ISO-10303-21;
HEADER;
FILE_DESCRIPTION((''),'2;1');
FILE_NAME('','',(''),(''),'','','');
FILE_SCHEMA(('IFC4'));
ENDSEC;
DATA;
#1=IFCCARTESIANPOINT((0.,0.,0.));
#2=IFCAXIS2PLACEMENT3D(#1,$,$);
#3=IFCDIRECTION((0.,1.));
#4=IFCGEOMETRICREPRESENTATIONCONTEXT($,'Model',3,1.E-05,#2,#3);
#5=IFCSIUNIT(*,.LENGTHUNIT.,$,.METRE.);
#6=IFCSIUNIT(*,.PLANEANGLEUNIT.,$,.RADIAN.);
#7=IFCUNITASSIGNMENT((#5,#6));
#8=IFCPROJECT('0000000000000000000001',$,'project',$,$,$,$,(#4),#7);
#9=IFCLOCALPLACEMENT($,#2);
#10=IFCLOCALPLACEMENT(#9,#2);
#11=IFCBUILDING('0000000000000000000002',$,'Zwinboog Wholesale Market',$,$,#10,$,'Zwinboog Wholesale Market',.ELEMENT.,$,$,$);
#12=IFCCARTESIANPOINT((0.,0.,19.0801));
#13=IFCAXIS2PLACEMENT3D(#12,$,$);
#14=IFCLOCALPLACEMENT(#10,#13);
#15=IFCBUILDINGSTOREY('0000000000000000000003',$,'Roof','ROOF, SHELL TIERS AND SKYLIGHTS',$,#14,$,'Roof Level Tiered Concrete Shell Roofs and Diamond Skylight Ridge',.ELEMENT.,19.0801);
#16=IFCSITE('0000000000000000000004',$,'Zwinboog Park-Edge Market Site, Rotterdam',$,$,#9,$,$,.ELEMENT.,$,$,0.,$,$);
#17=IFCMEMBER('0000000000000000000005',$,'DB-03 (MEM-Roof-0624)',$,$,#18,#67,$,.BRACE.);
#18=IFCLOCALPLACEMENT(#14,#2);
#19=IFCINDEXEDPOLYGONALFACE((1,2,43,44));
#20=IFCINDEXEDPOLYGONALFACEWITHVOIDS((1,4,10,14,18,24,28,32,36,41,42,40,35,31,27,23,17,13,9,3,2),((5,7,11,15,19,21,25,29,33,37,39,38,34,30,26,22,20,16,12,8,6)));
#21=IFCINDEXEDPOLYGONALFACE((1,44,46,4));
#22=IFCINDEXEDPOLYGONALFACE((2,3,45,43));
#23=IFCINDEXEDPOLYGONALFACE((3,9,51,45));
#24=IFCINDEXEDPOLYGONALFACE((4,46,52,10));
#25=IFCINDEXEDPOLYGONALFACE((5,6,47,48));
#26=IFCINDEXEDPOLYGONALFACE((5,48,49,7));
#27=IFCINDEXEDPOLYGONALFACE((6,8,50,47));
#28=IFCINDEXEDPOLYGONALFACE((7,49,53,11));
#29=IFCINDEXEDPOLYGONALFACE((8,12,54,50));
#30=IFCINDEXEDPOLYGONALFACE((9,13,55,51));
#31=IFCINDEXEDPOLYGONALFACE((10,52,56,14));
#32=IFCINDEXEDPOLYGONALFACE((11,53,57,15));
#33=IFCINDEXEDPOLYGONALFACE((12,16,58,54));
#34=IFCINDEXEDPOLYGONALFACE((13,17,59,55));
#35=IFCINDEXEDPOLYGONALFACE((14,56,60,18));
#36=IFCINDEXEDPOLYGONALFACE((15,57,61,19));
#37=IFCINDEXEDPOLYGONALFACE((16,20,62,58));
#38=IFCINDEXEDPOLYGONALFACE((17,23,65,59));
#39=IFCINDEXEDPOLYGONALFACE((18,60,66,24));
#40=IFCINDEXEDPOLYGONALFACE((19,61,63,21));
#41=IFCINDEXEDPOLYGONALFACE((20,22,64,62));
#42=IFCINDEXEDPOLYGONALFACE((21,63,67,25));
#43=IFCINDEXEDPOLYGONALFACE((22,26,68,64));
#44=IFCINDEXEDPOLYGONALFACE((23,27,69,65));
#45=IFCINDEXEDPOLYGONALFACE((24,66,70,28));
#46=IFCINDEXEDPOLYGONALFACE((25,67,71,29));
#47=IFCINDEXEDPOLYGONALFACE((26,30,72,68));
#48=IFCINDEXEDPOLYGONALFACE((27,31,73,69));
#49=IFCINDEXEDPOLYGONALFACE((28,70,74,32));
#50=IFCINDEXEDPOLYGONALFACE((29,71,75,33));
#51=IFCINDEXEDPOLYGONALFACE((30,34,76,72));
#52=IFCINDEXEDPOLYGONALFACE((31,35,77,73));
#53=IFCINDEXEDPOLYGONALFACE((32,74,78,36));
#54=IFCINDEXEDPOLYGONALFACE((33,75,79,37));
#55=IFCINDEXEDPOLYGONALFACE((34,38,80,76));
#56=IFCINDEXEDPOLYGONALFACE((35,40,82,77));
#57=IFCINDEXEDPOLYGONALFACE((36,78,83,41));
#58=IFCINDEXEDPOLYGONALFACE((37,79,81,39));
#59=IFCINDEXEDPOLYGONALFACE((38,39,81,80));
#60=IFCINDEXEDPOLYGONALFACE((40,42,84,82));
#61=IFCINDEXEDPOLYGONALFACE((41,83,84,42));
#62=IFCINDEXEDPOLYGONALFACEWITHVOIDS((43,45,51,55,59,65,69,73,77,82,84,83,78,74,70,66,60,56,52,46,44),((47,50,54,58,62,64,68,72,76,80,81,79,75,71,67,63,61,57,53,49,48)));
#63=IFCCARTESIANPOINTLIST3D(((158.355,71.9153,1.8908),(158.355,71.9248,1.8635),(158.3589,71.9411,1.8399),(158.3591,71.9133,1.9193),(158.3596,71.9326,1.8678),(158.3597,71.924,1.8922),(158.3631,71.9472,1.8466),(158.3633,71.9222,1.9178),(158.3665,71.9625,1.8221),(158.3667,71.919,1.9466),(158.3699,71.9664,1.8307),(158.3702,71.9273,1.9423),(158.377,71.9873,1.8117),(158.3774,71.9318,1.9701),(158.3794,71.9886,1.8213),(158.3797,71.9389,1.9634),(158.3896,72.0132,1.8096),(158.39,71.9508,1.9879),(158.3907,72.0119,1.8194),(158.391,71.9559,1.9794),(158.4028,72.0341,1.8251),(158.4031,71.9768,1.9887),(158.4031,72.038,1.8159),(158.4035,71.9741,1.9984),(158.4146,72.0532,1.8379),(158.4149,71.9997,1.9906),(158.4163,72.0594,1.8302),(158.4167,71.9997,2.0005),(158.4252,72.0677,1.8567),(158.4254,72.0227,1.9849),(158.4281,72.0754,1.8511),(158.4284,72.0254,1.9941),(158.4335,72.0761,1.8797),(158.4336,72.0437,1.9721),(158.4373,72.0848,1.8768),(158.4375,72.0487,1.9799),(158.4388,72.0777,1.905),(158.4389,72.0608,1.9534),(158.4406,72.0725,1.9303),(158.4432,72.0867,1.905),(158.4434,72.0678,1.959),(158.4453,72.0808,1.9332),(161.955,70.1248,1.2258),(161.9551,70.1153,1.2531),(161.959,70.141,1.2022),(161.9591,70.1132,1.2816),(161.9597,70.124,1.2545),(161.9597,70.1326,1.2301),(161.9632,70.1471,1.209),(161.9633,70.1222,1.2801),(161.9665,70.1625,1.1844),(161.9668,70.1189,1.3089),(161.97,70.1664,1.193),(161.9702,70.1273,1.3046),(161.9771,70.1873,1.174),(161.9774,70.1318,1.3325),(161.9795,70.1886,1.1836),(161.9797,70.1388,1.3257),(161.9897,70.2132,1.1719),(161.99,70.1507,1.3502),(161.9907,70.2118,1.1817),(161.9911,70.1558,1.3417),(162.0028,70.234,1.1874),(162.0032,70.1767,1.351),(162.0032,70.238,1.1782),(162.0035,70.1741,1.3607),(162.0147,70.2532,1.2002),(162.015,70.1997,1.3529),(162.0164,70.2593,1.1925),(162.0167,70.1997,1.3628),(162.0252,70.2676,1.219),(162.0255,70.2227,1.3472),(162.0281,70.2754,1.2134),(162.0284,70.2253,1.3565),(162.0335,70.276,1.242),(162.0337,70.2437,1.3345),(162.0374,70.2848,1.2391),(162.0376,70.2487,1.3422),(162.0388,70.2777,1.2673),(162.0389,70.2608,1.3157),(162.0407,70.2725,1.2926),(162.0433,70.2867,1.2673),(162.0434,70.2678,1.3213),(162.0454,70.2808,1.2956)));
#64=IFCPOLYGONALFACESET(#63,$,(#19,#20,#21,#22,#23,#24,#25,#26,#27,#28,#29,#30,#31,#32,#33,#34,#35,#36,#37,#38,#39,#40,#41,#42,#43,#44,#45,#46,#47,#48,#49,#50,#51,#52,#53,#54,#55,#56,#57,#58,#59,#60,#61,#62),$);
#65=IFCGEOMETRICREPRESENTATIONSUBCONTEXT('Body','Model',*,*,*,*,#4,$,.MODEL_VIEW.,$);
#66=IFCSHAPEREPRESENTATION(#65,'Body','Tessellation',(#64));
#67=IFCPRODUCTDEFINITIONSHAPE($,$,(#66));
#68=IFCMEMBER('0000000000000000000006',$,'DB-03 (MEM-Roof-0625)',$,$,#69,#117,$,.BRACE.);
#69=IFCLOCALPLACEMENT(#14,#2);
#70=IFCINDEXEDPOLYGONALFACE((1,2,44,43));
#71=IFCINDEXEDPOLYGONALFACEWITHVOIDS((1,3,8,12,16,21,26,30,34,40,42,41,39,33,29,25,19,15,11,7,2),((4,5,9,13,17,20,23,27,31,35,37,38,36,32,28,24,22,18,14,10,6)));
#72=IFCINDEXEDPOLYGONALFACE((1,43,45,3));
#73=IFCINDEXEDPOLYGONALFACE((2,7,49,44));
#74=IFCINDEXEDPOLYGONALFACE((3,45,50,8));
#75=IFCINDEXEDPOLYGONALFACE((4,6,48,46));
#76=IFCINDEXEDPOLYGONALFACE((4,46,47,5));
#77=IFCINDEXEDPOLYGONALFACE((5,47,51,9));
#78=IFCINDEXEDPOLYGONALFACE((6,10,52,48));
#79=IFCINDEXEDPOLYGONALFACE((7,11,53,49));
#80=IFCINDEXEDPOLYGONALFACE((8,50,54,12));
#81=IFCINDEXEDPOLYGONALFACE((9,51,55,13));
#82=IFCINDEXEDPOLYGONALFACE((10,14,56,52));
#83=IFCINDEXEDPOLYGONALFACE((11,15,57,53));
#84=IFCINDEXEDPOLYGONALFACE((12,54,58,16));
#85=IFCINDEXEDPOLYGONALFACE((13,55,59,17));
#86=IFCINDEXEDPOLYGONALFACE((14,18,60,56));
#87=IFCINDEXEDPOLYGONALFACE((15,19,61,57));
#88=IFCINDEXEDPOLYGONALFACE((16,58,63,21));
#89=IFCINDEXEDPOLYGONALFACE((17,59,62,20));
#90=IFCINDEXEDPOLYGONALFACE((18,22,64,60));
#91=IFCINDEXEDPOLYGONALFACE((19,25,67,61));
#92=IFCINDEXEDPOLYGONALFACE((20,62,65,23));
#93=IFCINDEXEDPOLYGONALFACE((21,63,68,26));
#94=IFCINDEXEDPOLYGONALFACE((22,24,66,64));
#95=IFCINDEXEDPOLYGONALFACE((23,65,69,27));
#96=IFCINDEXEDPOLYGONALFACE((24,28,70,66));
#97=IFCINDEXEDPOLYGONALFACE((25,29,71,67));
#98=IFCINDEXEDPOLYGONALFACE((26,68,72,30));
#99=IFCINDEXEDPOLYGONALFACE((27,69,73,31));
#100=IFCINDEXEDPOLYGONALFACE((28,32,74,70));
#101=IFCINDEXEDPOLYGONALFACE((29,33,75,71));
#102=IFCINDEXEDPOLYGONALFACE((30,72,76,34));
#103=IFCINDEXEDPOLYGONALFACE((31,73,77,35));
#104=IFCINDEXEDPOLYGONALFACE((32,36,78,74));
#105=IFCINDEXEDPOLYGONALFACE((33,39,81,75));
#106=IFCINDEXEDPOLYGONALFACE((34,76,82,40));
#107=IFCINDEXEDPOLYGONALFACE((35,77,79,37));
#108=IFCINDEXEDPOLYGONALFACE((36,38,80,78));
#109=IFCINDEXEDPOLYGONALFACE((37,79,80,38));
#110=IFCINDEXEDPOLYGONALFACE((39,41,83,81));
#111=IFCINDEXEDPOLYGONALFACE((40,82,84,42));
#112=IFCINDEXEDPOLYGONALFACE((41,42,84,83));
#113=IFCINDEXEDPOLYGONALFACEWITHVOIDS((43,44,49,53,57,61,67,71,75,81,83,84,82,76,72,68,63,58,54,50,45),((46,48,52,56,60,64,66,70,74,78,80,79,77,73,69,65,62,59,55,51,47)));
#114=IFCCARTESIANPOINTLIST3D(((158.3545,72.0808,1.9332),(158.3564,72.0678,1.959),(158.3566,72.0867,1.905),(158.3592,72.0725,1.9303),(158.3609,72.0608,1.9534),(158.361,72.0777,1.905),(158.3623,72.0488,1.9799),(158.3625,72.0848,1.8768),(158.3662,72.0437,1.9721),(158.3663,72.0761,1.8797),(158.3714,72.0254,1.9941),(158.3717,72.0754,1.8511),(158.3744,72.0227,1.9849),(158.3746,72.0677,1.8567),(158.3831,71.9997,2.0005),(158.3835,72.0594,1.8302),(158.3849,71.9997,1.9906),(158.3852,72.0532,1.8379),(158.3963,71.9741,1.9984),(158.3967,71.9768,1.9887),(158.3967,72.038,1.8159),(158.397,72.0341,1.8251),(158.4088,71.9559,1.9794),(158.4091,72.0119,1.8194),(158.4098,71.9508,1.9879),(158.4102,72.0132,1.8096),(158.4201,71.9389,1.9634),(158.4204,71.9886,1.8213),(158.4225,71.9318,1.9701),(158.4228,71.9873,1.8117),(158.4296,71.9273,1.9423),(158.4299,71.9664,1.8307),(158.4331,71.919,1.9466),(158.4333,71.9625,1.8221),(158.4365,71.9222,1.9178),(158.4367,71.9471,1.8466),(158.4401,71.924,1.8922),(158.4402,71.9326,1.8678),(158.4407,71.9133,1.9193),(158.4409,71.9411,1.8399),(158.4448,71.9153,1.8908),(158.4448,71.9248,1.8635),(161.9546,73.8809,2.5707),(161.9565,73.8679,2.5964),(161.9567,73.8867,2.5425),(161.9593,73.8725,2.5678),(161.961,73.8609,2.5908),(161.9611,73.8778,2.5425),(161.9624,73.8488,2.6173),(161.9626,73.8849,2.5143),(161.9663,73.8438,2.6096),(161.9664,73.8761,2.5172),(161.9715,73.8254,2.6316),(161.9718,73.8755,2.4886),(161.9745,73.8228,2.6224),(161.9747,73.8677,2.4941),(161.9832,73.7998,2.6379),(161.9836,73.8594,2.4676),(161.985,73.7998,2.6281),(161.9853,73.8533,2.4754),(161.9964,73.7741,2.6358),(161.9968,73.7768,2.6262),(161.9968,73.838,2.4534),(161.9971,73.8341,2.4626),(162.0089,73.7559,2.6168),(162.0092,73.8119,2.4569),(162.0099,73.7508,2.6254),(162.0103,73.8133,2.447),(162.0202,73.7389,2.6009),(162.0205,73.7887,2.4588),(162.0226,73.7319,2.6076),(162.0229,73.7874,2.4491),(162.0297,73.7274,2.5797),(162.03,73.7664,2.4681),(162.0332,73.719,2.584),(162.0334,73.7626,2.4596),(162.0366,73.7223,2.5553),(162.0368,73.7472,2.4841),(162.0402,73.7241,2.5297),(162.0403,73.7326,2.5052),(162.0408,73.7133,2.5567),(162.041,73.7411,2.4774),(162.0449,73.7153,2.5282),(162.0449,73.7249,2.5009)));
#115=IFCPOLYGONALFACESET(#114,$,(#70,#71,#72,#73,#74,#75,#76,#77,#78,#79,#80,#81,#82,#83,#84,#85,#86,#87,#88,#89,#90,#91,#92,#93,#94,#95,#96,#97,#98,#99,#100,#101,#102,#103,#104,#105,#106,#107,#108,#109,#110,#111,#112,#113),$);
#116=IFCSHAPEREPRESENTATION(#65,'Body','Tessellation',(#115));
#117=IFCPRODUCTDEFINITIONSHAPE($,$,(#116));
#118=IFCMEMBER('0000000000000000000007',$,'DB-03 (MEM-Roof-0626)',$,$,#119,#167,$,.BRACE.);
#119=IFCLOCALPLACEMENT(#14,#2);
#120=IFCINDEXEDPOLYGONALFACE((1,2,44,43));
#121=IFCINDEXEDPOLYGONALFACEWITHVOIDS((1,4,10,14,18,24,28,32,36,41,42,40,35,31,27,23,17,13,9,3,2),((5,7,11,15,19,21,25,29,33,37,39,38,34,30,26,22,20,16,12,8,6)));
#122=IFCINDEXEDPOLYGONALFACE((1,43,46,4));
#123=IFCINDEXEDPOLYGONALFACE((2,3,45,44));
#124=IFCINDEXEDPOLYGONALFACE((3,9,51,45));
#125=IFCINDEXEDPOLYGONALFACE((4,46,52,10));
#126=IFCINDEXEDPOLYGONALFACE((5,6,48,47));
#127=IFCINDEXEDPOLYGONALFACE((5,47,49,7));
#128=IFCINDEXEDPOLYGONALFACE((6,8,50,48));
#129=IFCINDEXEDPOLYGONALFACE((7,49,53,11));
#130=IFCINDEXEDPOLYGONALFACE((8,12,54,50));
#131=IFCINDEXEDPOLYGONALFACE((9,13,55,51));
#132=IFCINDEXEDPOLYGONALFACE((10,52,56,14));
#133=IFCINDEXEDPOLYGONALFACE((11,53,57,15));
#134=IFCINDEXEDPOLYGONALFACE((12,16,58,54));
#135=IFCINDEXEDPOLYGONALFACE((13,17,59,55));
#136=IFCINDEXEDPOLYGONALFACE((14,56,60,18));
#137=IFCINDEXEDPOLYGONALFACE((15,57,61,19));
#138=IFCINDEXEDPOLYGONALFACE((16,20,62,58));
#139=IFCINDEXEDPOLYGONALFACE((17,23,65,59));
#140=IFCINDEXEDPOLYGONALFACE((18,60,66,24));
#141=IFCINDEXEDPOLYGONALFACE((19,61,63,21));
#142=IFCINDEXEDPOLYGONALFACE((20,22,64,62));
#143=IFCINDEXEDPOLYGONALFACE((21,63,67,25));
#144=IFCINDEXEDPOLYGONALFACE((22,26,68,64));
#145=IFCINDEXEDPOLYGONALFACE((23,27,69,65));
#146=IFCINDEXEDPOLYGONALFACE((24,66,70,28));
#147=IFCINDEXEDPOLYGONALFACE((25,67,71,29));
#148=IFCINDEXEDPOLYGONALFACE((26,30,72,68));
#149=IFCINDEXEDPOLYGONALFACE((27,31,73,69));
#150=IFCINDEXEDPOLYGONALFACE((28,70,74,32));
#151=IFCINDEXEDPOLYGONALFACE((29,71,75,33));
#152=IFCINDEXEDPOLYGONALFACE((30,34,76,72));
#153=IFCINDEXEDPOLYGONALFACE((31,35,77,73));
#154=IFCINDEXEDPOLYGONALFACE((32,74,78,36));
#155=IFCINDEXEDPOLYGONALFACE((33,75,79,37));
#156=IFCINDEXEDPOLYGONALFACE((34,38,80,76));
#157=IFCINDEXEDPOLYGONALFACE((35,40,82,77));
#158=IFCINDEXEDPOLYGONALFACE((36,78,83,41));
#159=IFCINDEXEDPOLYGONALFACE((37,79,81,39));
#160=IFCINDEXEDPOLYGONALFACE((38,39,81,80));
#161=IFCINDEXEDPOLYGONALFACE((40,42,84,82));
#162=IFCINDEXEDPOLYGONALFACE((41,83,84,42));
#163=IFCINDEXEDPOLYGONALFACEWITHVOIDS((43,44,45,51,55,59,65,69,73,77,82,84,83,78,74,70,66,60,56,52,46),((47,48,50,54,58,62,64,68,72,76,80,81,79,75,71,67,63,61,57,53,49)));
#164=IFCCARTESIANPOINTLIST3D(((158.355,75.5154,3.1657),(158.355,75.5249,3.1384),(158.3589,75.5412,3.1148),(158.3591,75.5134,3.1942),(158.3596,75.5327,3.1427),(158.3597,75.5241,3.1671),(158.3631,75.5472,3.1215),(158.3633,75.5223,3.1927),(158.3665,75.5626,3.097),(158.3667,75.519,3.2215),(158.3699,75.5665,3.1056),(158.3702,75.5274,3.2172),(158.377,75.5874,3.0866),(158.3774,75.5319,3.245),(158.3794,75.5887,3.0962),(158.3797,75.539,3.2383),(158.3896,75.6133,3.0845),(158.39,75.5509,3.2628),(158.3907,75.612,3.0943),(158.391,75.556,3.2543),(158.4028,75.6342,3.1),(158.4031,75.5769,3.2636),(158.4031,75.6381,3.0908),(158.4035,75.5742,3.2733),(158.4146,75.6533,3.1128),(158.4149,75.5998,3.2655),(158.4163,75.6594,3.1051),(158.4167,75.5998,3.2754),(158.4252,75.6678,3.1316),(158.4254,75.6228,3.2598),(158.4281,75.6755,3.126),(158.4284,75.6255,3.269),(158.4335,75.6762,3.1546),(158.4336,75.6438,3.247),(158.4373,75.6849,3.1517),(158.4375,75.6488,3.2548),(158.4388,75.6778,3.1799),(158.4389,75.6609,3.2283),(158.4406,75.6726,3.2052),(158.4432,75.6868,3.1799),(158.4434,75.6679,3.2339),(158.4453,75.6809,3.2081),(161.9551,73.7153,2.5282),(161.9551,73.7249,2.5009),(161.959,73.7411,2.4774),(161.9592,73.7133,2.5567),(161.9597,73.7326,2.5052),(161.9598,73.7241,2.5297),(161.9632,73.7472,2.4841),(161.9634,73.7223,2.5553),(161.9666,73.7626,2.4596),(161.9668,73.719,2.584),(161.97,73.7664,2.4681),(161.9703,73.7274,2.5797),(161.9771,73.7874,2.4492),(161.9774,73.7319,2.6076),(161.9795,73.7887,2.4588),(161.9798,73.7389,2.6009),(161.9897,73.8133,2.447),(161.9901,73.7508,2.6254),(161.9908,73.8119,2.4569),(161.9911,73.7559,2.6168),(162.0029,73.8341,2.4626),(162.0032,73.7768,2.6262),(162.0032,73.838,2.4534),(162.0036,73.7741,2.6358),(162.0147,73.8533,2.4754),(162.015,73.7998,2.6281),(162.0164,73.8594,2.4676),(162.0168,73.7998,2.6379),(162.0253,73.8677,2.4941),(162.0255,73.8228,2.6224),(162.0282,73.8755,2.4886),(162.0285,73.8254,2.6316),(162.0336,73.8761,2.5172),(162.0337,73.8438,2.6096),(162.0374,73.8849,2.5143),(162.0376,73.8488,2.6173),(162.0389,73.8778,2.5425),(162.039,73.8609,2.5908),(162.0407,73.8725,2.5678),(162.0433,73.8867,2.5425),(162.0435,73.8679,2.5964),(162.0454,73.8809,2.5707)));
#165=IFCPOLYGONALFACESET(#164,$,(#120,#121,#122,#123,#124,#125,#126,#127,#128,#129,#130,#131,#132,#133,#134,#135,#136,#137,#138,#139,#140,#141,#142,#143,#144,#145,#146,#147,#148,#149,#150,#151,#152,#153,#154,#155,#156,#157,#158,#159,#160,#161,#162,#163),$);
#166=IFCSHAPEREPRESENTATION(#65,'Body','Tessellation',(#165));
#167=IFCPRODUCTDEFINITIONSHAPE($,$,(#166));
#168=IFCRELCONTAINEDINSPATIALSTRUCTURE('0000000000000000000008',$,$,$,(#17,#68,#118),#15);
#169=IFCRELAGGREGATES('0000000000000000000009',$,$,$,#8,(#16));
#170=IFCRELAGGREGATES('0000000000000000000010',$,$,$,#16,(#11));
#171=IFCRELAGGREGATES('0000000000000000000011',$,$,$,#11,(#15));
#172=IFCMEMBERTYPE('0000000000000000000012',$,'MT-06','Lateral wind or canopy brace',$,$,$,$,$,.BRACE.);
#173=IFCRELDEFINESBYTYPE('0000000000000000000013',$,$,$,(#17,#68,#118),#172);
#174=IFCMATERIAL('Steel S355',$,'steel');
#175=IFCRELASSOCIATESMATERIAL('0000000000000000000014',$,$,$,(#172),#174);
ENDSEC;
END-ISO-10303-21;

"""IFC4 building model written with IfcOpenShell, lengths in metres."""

from ifc_helpers import new_model, si_unit, direction, frame, origin, origin_2d, place, context, subcontext, project, spatial, hollow_circle, extrude, material, material_profile, profile_set, type_object, element, save


model = new_model("IFC4")

# Units and contexts
model_context = context("Model", 3, precision=1e-05, world=origin(), true_north=direction((0.0, 1.0)))
body_context = subcontext(model_context, "Body", "Model", "MODEL_VIEW")
ifc_project = project(units=[si_unit("LENGTHUNIT", "METRE"), si_unit("PLANEANGLEUNIT", "RADIAN")], contexts=[model_context])

# Site, building, storey
site_placement = place(None, origin())
site = spatial("IfcSite", under=ifc_project, at=site_placement, Name="Zwinboog Park-Edge Market Site, Rotterdam", CompositionType="ELEMENT", RefElevation=0.0)
building_placement = place(site_placement, origin())
building = spatial("IfcBuilding", under=site, at=building_placement, Name="Zwinboog Wholesale Market", LongName="Zwinboog Wholesale Market", CompositionType="ELEMENT")
storey_placement = place(building_placement, frame((0.0, 0.0, 19.0801)))
storey = spatial("IfcBuildingStorey", under=building, at=storey_placement, Name="Roof", Description="ROOF, SHELL TIERS AND SKYLIGHTS", LongName="Roof Level Tiered Concrete Shell Roofs and Diamond Skylight Ridge", CompositionType="ELEMENT", Elevation=19.0801)

# Members
ifc_material_1 = material(Name="Steel S355", Category="steel")
ifc_material_profile_1 = material_profile(ifc_material_1, hollow_circle(Radius=0.0969, WallThickness=0.01, at=origin_2d()), Name="CHS 193.7x10")
ifc_profile_set_1 = profile_set([ifc_material_profile_1], Name="Steel S355")
member_type_1 = type_object("IfcMemberType", Name="MT-06", Description="Lateral wind or canopy brace", PredefinedType="BRACE", material=ifc_profile_set_1)
for number, where, z_axis, x_axis, name in (
    (1, (158.3999, 72.0, 1.905), (0.883409, -0.441704, -0.156481), (0.447214, 0.894427, 0.0), "DB-03 (MEM-Roof-0624)"),
    (2, (158.3999, 72.0, 1.905), (0.883417, 0.441709, 0.156422), (-0.447214, 0.894427, 0.0), "DB-03 (MEM-Roof-0625)"),
    (3, (158.3999, 75.6001, 3.1799), (0.883417, -0.441709, -0.156422), (0.447214, 0.894427, 0.0), "DB-03 (MEM-Roof-0626)"),
):
    element("IfcMember", number, at=place(storey_placement, frame(where, z_axis=z_axis, x_axis=x_axis)), inside=storey, type_object=member_type_1, Name=name, PredefinedType="BRACE", context=body_context, shape_type="SweptSolid", body=[
        extrude(hollow_circle(Radius=0.0969, WallThickness=0.01, at=origin_2d()), origin(), (0.0, 0.0, 1.0), 4.0752),
    ])

save(model, "model.ifc")
